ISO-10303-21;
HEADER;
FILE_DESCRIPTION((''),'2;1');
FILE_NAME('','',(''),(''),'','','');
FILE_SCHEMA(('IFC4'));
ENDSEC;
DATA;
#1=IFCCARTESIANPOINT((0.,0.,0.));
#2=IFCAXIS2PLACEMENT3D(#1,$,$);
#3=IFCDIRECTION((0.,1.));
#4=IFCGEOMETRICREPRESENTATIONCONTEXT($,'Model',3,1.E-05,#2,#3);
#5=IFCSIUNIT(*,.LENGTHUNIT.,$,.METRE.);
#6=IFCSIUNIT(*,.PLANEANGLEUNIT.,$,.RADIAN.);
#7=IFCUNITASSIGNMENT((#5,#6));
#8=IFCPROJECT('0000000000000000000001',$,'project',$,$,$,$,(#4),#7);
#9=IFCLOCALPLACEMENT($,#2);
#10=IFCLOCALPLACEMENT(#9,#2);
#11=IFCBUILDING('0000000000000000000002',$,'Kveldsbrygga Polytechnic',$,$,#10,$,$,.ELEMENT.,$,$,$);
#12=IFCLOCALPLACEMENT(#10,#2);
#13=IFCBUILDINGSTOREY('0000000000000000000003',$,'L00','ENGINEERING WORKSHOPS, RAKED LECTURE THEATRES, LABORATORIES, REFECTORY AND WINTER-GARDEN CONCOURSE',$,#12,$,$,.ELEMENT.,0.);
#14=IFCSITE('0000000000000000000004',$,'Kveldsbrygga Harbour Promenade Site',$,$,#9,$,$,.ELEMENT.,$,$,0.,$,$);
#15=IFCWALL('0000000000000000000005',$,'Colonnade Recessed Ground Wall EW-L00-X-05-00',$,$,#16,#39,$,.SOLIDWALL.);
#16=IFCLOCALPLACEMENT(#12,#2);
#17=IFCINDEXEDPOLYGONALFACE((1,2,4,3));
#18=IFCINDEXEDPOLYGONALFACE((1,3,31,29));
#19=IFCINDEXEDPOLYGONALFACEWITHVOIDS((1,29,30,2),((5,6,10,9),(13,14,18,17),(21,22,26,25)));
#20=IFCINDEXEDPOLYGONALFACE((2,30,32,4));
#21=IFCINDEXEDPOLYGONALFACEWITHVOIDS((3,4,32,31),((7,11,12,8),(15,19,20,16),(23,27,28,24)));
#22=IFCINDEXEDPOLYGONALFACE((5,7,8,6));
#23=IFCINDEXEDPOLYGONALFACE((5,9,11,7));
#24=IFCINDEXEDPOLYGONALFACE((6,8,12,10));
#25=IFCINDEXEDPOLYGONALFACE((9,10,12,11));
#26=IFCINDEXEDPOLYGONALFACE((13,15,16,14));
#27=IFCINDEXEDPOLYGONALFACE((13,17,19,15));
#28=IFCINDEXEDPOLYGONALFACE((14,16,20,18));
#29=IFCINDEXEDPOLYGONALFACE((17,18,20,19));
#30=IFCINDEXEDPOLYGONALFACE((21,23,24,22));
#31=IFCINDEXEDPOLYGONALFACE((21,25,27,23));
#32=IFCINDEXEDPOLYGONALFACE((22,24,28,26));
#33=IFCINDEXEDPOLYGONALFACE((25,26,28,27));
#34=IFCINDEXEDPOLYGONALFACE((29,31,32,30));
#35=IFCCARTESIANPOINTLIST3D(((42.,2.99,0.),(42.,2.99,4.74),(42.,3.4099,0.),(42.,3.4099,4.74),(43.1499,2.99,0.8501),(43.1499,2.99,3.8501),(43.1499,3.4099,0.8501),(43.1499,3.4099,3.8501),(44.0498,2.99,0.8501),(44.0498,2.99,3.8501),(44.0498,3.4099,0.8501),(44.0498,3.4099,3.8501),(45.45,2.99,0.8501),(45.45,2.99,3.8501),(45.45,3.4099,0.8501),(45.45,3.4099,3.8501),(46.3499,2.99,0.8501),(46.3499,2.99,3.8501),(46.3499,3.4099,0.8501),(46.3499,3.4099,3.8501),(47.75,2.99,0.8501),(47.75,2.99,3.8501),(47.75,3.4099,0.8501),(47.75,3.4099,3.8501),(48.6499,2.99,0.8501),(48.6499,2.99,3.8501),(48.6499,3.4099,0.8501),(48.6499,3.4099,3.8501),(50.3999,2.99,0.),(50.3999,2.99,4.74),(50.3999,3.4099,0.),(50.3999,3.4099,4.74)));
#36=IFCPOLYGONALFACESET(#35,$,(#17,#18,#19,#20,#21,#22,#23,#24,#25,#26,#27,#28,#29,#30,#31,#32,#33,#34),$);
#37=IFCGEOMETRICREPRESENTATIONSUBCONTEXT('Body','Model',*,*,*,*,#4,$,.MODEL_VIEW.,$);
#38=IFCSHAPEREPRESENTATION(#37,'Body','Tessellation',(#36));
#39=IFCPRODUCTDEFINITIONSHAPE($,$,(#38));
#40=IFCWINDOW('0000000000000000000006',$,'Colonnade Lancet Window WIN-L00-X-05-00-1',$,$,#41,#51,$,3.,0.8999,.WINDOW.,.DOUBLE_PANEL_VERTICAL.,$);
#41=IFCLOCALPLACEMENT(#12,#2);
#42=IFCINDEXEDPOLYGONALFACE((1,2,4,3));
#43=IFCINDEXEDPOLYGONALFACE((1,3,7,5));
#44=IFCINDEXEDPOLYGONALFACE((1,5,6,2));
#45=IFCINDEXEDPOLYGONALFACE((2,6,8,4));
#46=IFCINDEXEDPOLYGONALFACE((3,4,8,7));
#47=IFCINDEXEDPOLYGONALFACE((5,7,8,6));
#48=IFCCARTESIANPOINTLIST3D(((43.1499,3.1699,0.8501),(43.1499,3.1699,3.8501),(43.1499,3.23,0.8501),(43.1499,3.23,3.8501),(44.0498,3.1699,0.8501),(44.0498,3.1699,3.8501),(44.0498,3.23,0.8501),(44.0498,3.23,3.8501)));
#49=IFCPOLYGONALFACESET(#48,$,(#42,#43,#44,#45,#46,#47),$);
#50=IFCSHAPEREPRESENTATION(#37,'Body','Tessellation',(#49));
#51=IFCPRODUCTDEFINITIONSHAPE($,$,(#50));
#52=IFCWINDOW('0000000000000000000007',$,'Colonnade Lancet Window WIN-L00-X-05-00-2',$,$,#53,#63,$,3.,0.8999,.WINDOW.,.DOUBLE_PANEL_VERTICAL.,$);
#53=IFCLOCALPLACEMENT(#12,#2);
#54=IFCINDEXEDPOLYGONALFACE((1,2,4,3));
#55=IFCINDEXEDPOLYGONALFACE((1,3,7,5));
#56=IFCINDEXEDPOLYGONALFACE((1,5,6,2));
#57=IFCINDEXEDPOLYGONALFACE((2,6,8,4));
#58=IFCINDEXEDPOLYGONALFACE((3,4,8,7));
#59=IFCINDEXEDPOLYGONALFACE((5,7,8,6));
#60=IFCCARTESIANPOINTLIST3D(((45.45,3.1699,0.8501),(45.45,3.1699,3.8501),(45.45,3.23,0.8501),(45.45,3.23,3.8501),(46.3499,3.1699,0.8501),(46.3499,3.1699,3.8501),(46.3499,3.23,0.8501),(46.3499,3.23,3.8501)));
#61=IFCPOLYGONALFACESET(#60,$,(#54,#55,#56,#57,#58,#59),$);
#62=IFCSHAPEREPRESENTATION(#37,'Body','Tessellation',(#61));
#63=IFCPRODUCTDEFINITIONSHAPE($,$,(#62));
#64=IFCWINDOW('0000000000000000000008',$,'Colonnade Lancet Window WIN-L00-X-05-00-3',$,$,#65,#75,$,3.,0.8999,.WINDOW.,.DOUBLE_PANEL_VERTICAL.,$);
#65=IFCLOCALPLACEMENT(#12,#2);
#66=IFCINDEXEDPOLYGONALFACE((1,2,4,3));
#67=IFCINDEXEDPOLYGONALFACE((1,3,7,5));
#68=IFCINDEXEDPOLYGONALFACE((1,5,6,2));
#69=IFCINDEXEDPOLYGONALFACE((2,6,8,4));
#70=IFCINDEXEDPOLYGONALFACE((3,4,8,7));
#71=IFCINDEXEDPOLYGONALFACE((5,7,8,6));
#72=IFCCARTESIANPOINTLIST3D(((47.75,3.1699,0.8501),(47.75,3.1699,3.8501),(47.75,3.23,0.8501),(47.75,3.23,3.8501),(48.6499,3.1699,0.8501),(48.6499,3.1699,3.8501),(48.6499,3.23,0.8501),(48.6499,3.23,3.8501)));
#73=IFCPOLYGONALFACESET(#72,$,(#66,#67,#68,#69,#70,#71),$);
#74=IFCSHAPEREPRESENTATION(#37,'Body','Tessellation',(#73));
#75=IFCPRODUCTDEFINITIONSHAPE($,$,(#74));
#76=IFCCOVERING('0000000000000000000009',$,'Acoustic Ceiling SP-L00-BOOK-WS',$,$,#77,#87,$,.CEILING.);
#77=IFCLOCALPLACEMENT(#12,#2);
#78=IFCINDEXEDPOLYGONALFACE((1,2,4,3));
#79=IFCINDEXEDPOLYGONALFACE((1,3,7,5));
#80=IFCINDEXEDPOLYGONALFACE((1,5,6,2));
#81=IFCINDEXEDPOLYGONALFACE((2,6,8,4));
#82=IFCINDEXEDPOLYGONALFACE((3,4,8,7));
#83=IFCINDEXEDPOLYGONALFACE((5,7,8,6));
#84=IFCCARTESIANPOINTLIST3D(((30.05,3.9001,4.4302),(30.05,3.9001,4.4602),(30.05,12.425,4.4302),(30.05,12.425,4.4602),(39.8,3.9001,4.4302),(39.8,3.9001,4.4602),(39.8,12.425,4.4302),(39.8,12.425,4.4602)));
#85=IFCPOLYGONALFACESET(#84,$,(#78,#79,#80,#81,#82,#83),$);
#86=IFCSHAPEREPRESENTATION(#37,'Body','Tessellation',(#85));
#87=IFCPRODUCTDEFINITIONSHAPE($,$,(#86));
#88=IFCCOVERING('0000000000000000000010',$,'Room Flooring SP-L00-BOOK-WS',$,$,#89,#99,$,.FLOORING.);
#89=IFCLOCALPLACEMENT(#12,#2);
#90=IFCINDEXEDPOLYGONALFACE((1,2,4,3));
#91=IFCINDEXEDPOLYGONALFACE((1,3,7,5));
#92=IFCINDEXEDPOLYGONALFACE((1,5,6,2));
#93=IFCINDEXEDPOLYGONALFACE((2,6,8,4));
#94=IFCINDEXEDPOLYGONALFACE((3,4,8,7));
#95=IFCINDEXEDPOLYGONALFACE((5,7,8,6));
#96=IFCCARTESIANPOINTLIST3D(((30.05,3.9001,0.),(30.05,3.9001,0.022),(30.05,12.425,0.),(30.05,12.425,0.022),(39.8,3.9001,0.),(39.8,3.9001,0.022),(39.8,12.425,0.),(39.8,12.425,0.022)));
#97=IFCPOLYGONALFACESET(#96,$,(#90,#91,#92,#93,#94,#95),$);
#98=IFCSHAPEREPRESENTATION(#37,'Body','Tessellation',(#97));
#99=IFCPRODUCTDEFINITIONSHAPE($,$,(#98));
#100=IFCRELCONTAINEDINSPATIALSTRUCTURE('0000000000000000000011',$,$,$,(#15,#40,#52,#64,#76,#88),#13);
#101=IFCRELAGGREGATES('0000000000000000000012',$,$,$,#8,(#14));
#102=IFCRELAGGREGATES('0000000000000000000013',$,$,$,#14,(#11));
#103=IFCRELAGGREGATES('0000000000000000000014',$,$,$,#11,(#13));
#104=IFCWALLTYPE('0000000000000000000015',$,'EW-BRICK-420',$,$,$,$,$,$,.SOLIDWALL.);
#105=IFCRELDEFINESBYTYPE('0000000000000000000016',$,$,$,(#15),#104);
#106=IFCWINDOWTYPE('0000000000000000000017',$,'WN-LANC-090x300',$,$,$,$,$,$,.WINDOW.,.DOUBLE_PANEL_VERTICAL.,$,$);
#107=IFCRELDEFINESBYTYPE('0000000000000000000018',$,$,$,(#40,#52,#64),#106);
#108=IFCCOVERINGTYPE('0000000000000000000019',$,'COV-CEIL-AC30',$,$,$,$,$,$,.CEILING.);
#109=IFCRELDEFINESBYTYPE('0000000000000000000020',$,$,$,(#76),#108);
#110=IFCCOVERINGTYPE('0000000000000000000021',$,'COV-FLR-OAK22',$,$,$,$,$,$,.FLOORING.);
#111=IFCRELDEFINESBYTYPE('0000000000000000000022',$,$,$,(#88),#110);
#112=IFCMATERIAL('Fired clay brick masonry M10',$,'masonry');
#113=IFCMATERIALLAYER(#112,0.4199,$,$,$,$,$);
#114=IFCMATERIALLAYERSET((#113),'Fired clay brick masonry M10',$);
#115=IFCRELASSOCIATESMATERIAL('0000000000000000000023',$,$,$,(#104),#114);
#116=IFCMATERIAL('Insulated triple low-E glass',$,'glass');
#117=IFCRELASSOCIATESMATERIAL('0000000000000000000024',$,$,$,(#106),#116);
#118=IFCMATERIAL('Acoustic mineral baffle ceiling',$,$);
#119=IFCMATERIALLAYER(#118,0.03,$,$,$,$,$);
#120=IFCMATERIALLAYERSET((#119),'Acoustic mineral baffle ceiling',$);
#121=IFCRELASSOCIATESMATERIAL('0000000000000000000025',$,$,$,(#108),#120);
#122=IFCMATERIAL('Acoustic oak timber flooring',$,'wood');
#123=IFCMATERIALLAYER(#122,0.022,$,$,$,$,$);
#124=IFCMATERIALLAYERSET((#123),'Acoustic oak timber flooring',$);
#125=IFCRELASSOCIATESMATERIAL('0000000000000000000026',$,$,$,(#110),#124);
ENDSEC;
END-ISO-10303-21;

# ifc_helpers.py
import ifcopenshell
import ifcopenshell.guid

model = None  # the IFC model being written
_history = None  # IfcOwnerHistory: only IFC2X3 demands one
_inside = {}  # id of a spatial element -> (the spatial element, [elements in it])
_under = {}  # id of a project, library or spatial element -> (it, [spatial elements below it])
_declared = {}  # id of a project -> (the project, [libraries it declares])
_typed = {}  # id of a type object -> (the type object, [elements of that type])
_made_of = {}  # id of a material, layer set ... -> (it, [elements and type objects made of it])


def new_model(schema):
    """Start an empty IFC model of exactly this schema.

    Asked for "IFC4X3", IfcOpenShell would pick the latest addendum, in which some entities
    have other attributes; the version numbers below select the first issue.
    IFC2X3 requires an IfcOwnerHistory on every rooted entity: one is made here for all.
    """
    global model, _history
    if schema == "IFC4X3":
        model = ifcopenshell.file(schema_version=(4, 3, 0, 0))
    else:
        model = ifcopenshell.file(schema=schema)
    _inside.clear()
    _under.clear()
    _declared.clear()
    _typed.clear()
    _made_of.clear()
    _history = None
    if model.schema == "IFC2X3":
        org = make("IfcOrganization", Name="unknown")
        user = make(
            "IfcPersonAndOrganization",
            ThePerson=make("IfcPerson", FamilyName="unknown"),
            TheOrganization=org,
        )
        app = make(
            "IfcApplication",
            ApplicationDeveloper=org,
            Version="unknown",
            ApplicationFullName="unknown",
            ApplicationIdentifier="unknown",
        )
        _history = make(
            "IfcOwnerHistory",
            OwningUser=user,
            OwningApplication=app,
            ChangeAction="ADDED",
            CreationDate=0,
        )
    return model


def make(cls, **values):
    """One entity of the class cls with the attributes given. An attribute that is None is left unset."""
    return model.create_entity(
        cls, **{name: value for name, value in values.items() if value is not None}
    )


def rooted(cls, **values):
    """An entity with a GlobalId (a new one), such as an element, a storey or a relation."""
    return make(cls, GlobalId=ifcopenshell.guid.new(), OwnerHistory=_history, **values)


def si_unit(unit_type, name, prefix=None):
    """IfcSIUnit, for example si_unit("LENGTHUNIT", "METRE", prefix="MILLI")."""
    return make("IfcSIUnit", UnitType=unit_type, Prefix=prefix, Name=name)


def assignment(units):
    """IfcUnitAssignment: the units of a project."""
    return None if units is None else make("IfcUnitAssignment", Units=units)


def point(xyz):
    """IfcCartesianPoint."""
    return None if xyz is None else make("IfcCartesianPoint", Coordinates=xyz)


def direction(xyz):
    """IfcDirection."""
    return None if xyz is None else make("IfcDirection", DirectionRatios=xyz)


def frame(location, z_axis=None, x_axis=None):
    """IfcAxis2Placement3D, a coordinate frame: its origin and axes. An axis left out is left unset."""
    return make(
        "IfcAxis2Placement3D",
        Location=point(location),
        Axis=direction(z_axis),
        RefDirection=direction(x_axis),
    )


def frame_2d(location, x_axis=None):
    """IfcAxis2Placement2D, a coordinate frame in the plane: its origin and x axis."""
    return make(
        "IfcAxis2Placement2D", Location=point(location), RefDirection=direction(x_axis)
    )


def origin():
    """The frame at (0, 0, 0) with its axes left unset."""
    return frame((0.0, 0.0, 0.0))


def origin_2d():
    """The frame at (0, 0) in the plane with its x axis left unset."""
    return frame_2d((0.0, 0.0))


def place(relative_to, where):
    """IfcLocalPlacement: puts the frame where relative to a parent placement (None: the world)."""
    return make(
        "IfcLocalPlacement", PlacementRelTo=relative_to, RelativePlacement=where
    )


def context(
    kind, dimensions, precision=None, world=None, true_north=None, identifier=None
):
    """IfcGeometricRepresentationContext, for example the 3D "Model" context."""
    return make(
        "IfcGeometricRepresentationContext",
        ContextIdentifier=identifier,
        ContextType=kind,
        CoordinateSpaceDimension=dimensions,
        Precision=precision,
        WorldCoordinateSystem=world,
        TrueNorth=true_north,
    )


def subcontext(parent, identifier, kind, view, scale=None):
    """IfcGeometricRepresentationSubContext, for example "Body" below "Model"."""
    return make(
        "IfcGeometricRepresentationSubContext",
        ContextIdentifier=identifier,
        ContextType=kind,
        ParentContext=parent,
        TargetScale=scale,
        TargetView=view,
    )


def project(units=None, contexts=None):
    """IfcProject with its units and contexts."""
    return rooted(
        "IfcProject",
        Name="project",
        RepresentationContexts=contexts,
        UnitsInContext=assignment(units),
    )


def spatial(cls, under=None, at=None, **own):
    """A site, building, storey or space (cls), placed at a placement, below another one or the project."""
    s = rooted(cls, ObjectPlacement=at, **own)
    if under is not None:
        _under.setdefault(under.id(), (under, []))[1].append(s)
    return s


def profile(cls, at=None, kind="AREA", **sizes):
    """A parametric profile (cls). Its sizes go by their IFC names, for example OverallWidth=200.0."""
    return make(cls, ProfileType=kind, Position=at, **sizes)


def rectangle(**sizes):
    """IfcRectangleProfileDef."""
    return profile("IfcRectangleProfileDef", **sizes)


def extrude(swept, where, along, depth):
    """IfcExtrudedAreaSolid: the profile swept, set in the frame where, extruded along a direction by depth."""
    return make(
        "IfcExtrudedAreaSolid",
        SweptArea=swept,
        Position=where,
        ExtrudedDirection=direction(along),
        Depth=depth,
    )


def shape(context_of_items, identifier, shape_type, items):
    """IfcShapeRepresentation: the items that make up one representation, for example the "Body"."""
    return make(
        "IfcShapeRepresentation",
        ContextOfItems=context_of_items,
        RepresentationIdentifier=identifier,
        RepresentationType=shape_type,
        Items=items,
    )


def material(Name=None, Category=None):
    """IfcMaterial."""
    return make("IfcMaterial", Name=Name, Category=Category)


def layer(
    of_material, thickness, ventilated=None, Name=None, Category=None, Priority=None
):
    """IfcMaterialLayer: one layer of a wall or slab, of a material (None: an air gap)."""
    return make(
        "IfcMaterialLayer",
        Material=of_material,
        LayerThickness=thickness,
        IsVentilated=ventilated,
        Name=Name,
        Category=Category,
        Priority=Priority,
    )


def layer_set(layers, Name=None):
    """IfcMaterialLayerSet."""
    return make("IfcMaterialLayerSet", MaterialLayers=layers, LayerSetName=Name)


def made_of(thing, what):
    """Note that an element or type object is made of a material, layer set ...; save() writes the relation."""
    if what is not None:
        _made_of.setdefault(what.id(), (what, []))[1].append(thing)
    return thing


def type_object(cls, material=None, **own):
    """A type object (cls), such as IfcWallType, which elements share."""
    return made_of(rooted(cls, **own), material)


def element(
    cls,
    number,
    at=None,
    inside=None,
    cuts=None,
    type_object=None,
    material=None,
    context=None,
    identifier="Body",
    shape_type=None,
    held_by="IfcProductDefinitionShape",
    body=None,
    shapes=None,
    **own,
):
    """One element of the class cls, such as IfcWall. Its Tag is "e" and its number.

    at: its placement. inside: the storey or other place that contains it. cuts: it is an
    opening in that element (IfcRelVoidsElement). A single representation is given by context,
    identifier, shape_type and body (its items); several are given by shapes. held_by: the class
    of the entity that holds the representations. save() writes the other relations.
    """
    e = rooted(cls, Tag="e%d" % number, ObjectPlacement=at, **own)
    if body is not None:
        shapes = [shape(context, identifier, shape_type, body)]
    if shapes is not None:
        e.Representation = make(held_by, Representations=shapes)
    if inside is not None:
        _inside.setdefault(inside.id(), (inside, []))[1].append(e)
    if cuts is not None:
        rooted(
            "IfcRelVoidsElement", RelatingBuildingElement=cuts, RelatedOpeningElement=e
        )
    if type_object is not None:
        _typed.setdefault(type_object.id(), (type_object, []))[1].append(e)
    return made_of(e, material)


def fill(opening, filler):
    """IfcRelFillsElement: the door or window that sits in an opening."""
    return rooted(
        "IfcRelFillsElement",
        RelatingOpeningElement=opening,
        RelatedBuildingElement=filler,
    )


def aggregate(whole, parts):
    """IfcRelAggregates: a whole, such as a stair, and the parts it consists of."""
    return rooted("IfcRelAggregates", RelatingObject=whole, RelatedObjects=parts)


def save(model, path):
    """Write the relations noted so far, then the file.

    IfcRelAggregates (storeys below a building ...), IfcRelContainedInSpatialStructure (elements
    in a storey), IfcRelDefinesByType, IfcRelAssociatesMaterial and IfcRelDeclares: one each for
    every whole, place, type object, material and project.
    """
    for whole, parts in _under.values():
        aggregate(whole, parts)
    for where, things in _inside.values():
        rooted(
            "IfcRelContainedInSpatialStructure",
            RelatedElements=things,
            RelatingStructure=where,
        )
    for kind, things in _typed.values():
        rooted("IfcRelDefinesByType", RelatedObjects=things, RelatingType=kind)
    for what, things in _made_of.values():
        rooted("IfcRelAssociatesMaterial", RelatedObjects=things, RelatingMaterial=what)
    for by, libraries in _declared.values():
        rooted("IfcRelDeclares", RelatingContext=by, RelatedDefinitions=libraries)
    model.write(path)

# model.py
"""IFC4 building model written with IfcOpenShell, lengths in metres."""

from ifc_helpers import new_model, si_unit, direction, frame, frame_2d, origin, origin_2d, place, context, subcontext, project, spatial, rectangle, extrude, material, layer, layer_set, type_object, element, fill, save


model = new_model("IFC4")

# Units and contexts
model_context = context("Model", 3, precision=1e-05, world=origin(), true_north=direction((0.0, 1.0)))
body_context = subcontext(model_context, "Body", "Model", "MODEL_VIEW")
ifc_project = project(units=[si_unit("LENGTHUNIT", "METRE"), si_unit("PLANEANGLEUNIT", "RADIAN")], contexts=[model_context])

# Site, building, storey
site_placement = place(None, origin())
site = spatial("IfcSite", under=ifc_project, at=site_placement, Name="Kveldsbrygga Harbour Promenade Site", CompositionType="ELEMENT", RefElevation=0.0)
building_placement = place(site_placement, origin())
building = spatial("IfcBuilding", under=site, at=building_placement, Name="Kveldsbrygga Polytechnic", CompositionType="ELEMENT")
storey_placement = place(building_placement, origin())
storey = spatial("IfcBuildingStorey", under=building, at=storey_placement, Name="L00", Description="ENGINEERING WORKSHOPS, RAKED LECTURE THEATRES, LABORATORIES, REFECTORY AND WINTER-GARDEN CONCOURSE", CompositionType="ELEMENT", Elevation=0.0)

# Wall, openings, windows
ifc_material_1 = material(Name="Fired clay brick masonry M10", Category="masonry")
ifc_layer_1 = layer(ifc_material_1, 0.4199)
ifc_layer_set_1 = layer_set([ifc_layer_1], Name="Fired clay brick masonry M10")
wall_type = type_object("IfcWallType", Name="EW-BRICK-420", PredefinedType="SOLIDWALL", material=ifc_layer_set_1)
wall_placement = place(storey_placement, frame((42.0, 3.2, 0.0), z_axis=(0.0, 0.0, 1.0), x_axis=(1.0, 0.0, 0.0)))
wall = element("IfcWall", 1, at=wall_placement, inside=storey, type_object=wall_type, Name="Colonnade Recessed Ground Wall EW-L00-X-05-00", PredefinedType="SOLIDWALL", context=body_context, shape_type="SweptSolid", body=[
    extrude(rectangle(XDim=8.3999, YDim=0.4199, at=frame_2d((4.2, 0.0))), origin(), (0.0, 0.0, 1.0), 4.74),
])
opening_1_placement = place(wall_placement, frame((1.1499, 0.0, 0.8501)))
opening_1 = element("IfcOpeningElement", 2, at=opening_1_placement, cuts=wall, PredefinedType="OPENING", context=body_context, shape_type="SweptSolid", body=[
    extrude(rectangle(XDim=0.8999, YDim=3.0, at=frame_2d((0.45, 1.5))), frame((0.0, 0.22, 0.0), z_axis=(0.0, -1.0, 0.0), x_axis=(1.0, 0.0, 0.0)), (0.0, 0.0, 1.0), 0.4399),
])
opening_2_placement = place(wall_placement, frame((3.45, 0.0, 0.8501)))
opening_2 = element("IfcOpeningElement", 3, at=opening_2_placement, cuts=wall, PredefinedType="OPENING", context=body_context, shape_type="SweptSolid", body=[
    extrude(rectangle(XDim=0.8999, YDim=3.0, at=frame_2d((0.45, 1.5))), frame((0.0, 0.22, 0.0), z_axis=(0.0, -1.0, 0.0), x_axis=(1.0, 0.0, 0.0)), (0.0, 0.0, 1.0), 0.4399),
])
opening_3_placement = place(wall_placement, frame((5.75, 0.0, 0.8501)))
opening_3 = element("IfcOpeningElement", 4, at=opening_3_placement, cuts=wall, PredefinedType="OPENING", context=body_context, shape_type="SweptSolid", body=[
    extrude(rectangle(XDim=0.8999, YDim=3.0, at=frame_2d((0.45, 1.5))), frame((0.0, 0.22, 0.0), z_axis=(0.0, -1.0, 0.0), x_axis=(1.0, 0.0, 0.0)), (0.0, 0.0, 1.0), 0.4399),
])
ifc_material_2 = material(Name="Insulated triple low-E glass", Category="glass")
window_type = type_object("IfcWindowType", Name="WN-LANC-090x300", PartitioningType="DOUBLE_PANEL_VERTICAL", PredefinedType="WINDOW", material=ifc_material_2)
window_1_placement = place(opening_1_placement, origin())
window_1 = element("IfcWindow", 5, at=window_1_placement, inside=storey, type_object=window_type, Name="Colonnade Lancet Window WIN-L00-X-05-00-1", OverallHeight=3.0, OverallWidth=0.8999, PartitioningType="DOUBLE_PANEL_VERTICAL", PredefinedType="WINDOW", context=body_context, shape_type="SweptSolid", body=[
    extrude(rectangle(XDim=0.8999, YDim=3.0, at=frame_2d((0.45, 1.5))), frame((0.0, 0.03, 0.0), z_axis=(0.0, -1.0, 0.0), x_axis=(1.0, 0.0, 0.0)), (0.0, 0.0, 1.0), 0.0601),
])
fill(opening_1, window_1)
window_2_placement = place(opening_2_placement, origin())
window_2 = element("IfcWindow", 6, at=window_2_placement, inside=storey, type_object=window_type, Name="Colonnade Lancet Window WIN-L00-X-05-00-2", OverallHeight=3.0, OverallWidth=0.8999, PartitioningType="DOUBLE_PANEL_VERTICAL", PredefinedType="WINDOW", context=body_context, shape_type="SweptSolid", body=[
    extrude(rectangle(XDim=0.8999, YDim=3.0, at=frame_2d((0.45, 1.5))), frame((0.0, 0.03, 0.0), z_axis=(0.0, -1.0, 0.0), x_axis=(1.0, 0.0, 0.0)), (0.0, 0.0, 1.0), 0.0601),
])
fill(opening_2, window_2)
window_3_placement = place(opening_3_placement, origin())
window_3 = element("IfcWindow", 7, at=window_3_placement, inside=storey, type_object=window_type, Name="Colonnade Lancet Window WIN-L00-X-05-00-3", OverallHeight=3.0, OverallWidth=0.8999, PartitioningType="DOUBLE_PANEL_VERTICAL", PredefinedType="WINDOW", context=body_context, shape_type="SweptSolid", body=[
    extrude(rectangle(XDim=0.8999, YDim=3.0, at=frame_2d((0.45, 1.5))), frame((0.0, 0.03, 0.0), z_axis=(0.0, -1.0, 0.0), x_axis=(1.0, 0.0, 0.0)), (0.0, 0.0, 1.0), 0.0601),
])
fill(opening_3, window_3)

# Coverings
ifc_material_3 = material(Name="Acoustic mineral baffle ceiling")
ifc_layer_2 = layer(ifc_material_3, 0.03)
ifc_layer_set_2 = layer_set([ifc_layer_2], Name="Acoustic mineral baffle ceiling")
covering_type_1 = type_object("IfcCoveringType", Name="COV-CEIL-AC30", PredefinedType="CEILING", material=ifc_layer_set_2)
covering_1_placement = place(storey_placement, frame((34.925, 8.1626, 4.4302), z_axis=(0.0, 0.0, 1.0), x_axis=(1.0, 0.0, 0.0)))
element("IfcCovering", 8, at=covering_1_placement, inside=storey, type_object=covering_type_1, Name="Acoustic Ceiling SP-L00-BOOK-WS", PredefinedType="CEILING", context=body_context, shape_type="SweptSolid", body=[
    extrude(rectangle(XDim=9.75, YDim=8.5249, at=origin_2d()), origin(), (0.0, 0.0, 1.0), 0.03),
])
ifc_material_4 = material(Name="Acoustic oak timber flooring", Category="wood")
ifc_layer_3 = layer(ifc_material_4, 0.022)
ifc_layer_set_3 = layer_set([ifc_layer_3], Name="Acoustic oak timber flooring")
covering_type_2 = type_object("IfcCoveringType", Name="COV-FLR-OAK22", PredefinedType="FLOORING", material=ifc_layer_set_3)
covering_2_placement = place(storey_placement, frame((34.925, 8.1626, 0.0), z_axis=(0.0, 0.0, 1.0), x_axis=(1.0, 0.0, 0.0)))
element("IfcCovering", 9, at=covering_2_placement, inside=storey, type_object=covering_type_2, Name="Room Flooring SP-L00-BOOK-WS", PredefinedType="FLOORING", context=body_context, shape_type="SweptSolid", body=[
    extrude(rectangle(XDim=9.75, YDim=8.5249, at=origin_2d()), origin(), (0.0, 0.0, 1.0), 0.022),
])

save(model, "model.ifc")
